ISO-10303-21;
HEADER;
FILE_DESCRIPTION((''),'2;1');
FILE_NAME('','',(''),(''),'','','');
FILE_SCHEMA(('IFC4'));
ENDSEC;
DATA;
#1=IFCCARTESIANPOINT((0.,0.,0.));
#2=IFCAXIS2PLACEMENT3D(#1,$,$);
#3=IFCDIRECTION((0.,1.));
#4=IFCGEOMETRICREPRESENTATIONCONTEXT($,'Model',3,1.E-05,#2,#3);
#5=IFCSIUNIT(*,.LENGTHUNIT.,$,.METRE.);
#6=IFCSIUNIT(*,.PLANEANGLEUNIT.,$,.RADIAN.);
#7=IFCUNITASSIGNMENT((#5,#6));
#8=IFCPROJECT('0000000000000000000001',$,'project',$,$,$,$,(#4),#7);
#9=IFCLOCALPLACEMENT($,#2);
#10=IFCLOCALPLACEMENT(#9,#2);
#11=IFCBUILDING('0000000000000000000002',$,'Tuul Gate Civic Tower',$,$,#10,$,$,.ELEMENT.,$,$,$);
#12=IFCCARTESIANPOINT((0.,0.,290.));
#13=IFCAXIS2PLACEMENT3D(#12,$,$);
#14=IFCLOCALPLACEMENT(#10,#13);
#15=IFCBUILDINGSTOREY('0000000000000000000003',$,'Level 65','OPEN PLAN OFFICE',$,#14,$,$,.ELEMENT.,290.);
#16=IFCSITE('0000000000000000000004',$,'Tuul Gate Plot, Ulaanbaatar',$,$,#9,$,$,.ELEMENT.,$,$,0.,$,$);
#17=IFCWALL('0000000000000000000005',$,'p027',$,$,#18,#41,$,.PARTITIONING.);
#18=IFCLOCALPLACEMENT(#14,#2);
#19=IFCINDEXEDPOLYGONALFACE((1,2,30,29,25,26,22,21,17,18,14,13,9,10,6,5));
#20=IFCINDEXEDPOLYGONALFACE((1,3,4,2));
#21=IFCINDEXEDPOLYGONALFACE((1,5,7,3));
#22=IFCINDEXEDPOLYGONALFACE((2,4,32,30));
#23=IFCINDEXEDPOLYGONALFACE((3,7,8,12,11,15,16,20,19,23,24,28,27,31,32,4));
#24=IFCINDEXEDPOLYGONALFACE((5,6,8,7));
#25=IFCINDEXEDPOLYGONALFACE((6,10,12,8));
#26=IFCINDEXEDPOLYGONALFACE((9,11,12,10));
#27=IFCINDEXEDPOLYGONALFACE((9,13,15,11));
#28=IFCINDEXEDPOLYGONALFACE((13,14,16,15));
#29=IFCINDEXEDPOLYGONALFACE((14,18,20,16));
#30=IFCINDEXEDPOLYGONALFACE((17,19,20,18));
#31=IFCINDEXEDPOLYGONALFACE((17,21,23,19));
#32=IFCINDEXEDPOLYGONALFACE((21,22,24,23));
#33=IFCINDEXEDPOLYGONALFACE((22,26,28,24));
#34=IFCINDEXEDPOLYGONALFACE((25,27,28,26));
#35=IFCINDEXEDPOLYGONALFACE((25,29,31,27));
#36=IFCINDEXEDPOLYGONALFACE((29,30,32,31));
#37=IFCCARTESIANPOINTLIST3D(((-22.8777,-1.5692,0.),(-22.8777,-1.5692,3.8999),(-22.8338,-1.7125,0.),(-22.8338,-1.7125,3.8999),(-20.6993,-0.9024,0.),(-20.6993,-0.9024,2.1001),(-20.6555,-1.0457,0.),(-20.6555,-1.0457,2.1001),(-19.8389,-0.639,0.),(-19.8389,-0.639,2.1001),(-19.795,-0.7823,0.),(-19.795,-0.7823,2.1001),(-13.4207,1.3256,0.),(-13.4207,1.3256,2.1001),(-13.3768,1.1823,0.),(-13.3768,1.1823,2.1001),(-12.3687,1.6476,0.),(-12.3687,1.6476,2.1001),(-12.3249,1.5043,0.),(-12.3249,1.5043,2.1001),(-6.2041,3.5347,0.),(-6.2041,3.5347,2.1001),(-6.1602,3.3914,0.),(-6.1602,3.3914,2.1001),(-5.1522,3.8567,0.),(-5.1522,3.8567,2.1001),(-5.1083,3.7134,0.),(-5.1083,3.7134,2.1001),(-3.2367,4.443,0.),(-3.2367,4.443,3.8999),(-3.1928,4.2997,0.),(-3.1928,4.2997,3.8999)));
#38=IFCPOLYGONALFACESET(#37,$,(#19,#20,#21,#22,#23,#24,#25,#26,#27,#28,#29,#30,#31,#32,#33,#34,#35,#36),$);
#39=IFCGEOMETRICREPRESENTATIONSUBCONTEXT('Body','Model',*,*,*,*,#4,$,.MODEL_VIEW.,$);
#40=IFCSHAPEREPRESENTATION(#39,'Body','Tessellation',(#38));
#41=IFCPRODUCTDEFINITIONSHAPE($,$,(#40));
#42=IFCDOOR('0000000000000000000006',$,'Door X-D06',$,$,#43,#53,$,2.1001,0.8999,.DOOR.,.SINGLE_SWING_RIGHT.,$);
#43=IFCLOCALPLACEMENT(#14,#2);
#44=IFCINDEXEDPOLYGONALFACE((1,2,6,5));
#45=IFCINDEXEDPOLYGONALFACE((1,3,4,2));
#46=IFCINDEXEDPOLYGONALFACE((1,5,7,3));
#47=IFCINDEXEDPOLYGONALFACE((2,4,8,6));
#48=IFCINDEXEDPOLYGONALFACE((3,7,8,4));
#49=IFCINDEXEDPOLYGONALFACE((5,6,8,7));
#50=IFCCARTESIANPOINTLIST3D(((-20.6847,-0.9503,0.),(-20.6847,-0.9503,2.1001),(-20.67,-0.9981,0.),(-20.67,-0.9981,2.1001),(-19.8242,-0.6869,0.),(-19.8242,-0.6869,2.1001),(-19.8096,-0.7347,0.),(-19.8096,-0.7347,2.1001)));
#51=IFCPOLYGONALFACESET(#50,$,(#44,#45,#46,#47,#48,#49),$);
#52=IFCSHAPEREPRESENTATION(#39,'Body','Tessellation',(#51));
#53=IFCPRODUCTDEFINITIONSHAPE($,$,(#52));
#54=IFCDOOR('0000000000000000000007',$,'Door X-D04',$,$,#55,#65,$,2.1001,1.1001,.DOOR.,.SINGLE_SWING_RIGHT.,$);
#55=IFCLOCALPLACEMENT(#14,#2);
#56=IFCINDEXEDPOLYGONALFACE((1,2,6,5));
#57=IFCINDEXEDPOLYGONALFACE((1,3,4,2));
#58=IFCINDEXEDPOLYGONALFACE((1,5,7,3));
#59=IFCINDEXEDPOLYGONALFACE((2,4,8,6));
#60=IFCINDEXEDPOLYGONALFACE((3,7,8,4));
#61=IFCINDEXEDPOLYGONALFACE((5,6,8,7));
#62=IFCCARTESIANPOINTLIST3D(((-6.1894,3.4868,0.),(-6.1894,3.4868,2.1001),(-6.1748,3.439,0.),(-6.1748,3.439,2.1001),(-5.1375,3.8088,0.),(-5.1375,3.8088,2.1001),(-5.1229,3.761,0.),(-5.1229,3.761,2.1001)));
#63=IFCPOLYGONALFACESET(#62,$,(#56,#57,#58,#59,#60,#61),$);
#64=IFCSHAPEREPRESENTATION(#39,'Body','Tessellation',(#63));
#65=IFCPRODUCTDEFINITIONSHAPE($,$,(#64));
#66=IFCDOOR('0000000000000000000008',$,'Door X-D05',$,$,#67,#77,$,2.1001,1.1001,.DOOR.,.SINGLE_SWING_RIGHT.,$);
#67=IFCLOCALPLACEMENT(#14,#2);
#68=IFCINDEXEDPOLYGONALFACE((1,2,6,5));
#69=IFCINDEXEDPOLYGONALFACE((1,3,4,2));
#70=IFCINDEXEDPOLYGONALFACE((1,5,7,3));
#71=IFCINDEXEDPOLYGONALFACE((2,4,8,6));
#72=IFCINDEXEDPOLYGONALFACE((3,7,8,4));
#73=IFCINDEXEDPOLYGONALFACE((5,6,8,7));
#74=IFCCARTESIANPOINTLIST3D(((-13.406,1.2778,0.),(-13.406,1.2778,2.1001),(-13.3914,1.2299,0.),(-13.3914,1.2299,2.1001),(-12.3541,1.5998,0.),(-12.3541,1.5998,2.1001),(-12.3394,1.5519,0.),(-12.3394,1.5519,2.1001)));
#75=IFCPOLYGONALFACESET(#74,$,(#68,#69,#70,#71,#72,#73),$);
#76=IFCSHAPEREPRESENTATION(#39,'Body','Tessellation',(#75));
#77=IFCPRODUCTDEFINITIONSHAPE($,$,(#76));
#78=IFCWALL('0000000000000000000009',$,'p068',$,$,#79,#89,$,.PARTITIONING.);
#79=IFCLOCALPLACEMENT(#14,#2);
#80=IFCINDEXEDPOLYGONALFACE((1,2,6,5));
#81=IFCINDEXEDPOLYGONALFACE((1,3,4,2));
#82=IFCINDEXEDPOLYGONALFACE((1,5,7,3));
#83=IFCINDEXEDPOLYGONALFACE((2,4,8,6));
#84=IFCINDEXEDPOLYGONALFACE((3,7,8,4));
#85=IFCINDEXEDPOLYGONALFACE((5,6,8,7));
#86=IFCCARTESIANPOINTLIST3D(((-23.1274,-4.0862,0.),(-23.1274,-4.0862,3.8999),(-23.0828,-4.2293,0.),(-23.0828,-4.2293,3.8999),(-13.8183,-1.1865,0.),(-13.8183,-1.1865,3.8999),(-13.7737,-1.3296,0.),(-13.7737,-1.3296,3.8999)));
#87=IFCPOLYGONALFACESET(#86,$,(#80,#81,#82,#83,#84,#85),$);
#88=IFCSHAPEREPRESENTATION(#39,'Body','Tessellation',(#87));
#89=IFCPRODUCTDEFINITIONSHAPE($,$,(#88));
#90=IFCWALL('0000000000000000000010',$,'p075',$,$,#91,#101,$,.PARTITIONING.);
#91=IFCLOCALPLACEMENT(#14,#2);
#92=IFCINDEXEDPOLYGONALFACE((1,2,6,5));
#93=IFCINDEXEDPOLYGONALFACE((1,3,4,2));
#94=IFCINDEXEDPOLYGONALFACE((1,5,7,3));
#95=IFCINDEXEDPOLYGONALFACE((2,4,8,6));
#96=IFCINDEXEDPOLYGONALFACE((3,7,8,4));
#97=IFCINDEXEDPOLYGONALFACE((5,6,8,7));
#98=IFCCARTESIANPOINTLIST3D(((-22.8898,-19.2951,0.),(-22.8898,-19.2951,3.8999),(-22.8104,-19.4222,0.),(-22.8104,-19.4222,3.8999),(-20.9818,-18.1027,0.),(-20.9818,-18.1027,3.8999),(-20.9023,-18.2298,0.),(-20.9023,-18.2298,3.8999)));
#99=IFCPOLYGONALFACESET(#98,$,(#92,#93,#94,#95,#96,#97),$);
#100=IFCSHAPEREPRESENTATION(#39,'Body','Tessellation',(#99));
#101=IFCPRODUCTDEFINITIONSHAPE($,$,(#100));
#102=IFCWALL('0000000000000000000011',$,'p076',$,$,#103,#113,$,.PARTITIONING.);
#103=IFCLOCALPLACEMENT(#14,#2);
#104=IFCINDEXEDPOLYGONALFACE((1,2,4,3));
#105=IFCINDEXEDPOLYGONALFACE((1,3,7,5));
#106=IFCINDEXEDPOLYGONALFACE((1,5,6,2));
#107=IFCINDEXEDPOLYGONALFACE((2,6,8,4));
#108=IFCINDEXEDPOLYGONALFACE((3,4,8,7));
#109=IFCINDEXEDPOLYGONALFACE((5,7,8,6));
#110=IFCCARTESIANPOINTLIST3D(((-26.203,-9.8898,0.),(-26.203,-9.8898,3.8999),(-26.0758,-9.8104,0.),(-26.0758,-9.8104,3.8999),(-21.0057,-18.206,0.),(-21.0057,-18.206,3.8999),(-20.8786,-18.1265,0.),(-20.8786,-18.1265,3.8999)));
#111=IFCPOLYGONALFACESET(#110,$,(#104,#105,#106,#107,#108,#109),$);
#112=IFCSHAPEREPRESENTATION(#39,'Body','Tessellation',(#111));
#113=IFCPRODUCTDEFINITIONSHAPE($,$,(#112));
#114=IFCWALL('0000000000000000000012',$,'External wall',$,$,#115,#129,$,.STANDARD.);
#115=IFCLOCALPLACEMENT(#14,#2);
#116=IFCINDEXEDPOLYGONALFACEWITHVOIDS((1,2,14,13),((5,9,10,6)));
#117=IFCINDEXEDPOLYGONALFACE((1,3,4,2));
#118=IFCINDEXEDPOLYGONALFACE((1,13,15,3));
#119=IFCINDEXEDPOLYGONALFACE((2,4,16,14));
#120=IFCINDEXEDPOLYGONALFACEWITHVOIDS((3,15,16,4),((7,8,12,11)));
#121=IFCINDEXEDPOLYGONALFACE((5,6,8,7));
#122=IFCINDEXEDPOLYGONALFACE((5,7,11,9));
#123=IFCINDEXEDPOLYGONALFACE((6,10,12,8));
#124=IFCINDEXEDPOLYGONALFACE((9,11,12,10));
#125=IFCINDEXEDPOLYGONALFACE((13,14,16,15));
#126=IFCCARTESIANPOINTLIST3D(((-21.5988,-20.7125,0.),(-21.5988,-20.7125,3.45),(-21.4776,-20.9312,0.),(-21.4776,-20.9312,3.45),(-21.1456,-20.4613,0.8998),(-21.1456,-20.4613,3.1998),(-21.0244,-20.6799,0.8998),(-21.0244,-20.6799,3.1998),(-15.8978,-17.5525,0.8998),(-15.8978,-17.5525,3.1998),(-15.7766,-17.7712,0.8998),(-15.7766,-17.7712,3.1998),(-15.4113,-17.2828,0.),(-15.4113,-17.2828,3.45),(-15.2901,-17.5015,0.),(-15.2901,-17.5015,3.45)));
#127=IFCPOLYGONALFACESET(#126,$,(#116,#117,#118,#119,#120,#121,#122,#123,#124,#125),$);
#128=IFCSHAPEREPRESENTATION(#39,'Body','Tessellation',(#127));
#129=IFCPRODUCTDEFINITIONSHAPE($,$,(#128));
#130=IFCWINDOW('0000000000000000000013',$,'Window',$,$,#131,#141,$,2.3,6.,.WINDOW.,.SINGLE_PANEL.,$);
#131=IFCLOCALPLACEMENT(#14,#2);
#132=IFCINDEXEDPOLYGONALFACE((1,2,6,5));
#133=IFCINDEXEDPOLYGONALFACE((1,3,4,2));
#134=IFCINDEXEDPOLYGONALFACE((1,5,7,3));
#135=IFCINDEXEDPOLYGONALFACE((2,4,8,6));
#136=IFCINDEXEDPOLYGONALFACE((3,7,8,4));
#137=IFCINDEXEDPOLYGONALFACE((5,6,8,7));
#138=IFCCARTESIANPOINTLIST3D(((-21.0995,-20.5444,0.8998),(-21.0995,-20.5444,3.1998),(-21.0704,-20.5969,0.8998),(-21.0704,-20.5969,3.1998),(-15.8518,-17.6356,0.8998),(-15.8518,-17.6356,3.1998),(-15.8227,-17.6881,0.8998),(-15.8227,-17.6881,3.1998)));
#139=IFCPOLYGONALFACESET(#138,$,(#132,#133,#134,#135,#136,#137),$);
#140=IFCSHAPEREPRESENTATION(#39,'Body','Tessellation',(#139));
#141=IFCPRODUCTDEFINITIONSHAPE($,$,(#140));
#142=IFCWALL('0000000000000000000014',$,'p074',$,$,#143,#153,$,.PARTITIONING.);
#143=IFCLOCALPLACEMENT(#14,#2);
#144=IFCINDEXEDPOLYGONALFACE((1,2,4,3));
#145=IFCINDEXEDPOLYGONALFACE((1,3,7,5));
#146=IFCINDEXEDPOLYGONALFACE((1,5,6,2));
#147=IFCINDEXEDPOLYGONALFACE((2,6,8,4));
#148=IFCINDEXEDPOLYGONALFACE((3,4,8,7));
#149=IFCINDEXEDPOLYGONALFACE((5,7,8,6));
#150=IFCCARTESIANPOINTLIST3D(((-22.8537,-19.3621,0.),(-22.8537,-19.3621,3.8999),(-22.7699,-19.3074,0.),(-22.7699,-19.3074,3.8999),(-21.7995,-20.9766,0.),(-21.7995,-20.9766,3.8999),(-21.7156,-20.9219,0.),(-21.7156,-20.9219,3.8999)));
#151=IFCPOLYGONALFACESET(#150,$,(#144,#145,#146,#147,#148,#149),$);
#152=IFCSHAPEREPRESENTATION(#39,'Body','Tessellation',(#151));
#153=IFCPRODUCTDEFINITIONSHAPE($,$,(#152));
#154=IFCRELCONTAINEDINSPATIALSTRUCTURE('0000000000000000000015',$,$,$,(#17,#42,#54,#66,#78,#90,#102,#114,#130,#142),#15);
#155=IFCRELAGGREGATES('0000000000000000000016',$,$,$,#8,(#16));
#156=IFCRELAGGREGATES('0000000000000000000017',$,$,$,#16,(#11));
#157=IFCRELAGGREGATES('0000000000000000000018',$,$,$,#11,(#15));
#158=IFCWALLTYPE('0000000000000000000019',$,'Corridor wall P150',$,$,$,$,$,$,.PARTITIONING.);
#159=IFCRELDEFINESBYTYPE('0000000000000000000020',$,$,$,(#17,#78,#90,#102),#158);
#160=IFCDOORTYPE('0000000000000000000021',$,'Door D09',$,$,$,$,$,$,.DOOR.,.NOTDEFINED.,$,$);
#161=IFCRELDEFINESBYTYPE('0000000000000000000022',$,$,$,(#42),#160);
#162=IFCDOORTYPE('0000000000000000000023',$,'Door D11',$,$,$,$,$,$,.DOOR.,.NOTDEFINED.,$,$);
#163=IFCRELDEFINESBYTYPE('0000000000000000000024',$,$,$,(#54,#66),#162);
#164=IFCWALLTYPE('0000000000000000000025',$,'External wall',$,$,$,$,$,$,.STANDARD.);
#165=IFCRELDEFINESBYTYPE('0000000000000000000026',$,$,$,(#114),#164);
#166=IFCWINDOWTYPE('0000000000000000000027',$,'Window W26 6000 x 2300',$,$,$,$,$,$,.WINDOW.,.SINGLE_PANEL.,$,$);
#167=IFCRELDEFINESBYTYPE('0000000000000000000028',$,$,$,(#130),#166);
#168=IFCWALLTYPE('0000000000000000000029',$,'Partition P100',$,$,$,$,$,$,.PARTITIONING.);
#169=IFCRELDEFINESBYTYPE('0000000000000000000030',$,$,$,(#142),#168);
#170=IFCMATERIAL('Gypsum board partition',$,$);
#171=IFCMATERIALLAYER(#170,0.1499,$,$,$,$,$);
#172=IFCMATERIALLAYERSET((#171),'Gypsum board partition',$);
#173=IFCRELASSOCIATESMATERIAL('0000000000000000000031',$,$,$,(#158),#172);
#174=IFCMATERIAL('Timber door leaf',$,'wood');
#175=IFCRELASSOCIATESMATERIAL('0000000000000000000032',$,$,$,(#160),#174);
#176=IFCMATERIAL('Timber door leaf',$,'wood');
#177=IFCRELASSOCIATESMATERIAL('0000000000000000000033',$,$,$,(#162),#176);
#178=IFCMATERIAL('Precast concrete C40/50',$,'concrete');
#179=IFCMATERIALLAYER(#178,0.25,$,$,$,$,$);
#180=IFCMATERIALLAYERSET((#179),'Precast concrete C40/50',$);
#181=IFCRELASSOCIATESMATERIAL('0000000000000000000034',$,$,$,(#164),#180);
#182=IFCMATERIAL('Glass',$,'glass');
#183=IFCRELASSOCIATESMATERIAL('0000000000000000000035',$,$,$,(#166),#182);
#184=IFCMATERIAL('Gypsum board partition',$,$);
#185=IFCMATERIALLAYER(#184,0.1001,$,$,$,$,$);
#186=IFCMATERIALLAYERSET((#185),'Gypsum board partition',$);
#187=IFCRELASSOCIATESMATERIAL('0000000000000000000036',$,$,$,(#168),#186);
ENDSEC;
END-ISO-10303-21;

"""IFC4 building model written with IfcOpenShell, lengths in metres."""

from ifc_helpers import new_model, si_unit, direction, frame, frame_2d, origin, place, context, subcontext, project, spatial, rectangle, extrude, material, layer, layer_set, type_object, element, fill, save


model = new_model("IFC4")

# Units and contexts
model_context = context("Model", 3, precision=1e-05, world=origin(), true_north=direction((0.0, 1.0)))
body_context = subcontext(model_context, "Body", "Model", "MODEL_VIEW")
ifc_project = project(units=[si_unit("LENGTHUNIT", "METRE"), si_unit("PLANEANGLEUNIT", "RADIAN")], contexts=[model_context])

# Site, building, storey
site_placement = place(None, origin())
site = spatial("IfcSite", under=ifc_project, at=site_placement, Name="Tuul Gate Plot, Ulaanbaatar", CompositionType="ELEMENT", RefElevation=0.0)
building_placement = place(site_placement, origin())
building = spatial("IfcBuilding", under=site, at=building_placement, Name="Tuul Gate Civic Tower", CompositionType="ELEMENT")
storey_placement = place(building_placement, frame((0.0, 0.0, 290.0)))
storey = spatial("IfcBuildingStorey", under=building, at=storey_placement, Name="Level 65", Description="OPEN PLAN OFFICE", CompositionType="ELEMENT", Elevation=290.0)

# Wall, openings, doors
ifc_material_1 = material(Name="Gypsum board partition")
ifc_layer_1 = layer(ifc_material_1, 0.1499)
ifc_layer_set_1 = layer_set([ifc_layer_1], Name="Gypsum board partition")
wall_type_1 = type_object("IfcWallType", Name="Corridor wall P150", PredefinedType="PARTITIONING", material=ifc_layer_set_1)
wall_1_placement = place(storey_placement, frame((-22.8557, -1.6409, 0.0), z_axis=(0.0, 0.0, 1.0), x_axis=(0.956204, 0.292701, 0.0)))
wall_1 = element("IfcWall", 1, at=wall_1_placement, inside=storey, type_object=wall_type_1, Name="p027", PredefinedType="PARTITIONING", context=body_context, shape_type="SweptSolid", body=[
    extrude(rectangle(XDim=20.5405, YDim=0.1499, at=frame_2d((10.2703, 0.0))), origin(), (0.0, 0.0, 1.0), 3.8999),
])
opening_1_placement = place(wall_1_placement, frame((17.4373, 0.0, 0.0)))
opening_1 = element("IfcOpeningElement", 2, at=opening_1_placement, cuts=wall_1, PredefinedType="OPENING", context=body_context, shape_type="SweptSolid", body=[
    extrude(rectangle(XDim=1.1001, YDim=2.1001, at=frame_2d((0.55, 1.05))), frame((0.0, 0.085, 0.0), z_axis=(0.0, -1.0, 0.0), x_axis=(1.0, 0.0, 0.0)), (0.0, 0.0, 1.0), 0.1699),
])
opening_2_placement = place(wall_1_placement, frame((9.8901, 0.0, 0.0)))
opening_2 = element("IfcOpeningElement", 3, at=opening_2_placement, cuts=wall_1, PredefinedType="OPENING", context=body_context, shape_type="SweptSolid", body=[
    extrude(rectangle(XDim=1.1001, YDim=2.1001, at=frame_2d((0.55, 1.05))), frame((0.0, 0.085, 0.0), z_axis=(0.0, -1.0, 0.0), x_axis=(1.0, 0.0, 0.0)), (0.0, 0.0, 1.0), 0.1699),
])
opening_3_placement = place(wall_1_placement, frame((2.2781, 0.0, 0.0)))
opening_3 = element("IfcOpeningElement", 4, at=opening_3_placement, cuts=wall_1, PredefinedType="OPENING", context=body_context, shape_type="SweptSolid", body=[
    extrude(rectangle(XDim=0.8999, YDim=2.1001, at=frame_2d((0.45, 1.05))), frame((0.0, 0.085, 0.0), z_axis=(0.0, -1.0, 0.0), x_axis=(1.0, 0.0, 0.0)), (0.0, 0.0, 1.0), 0.1699),
])
ifc_material_2 = material(Name="Timber door leaf", Category="wood")
door_type_1 = type_object("IfcDoorType", Name="Door D09", OperationType="NOTDEFINED", PredefinedType="DOOR", material=ifc_material_2)
door_1_placement = place(opening_3_placement, origin())
door_1 = element("IfcDoor", 5, at=door_1_placement, inside=storey, type_object=door_type_1, Name="Door X-D06", OperationType="SINGLE_SWING_RIGHT", OverallHeight=2.1001, OverallWidth=0.8999, PredefinedType="DOOR", context=body_context, shape_type="SweptSolid", body=[
    extrude(rectangle(XDim=0.8999, YDim=2.1001, at=frame_2d((0.45, 1.05))), frame((0.0, 0.0249, 0.0), z_axis=(0.0, -1.0, 0.0), x_axis=(1.0, 0.0, 0.0)), (0.0, 0.0, 1.0), 0.05),
])
fill(opening_3, door_1)
ifc_material_3 = material(Name="Timber door leaf", Category="wood")
door_type_2 = type_object("IfcDoorType", Name="Door D11", OperationType="NOTDEFINED", PredefinedType="DOOR", material=ifc_material_3)
door_2_placement = place(opening_1_placement, origin())
door_2 = element("IfcDoor", 6, at=door_2_placement, inside=storey, type_object=door_type_2, Name="Door X-D04", OperationType="SINGLE_SWING_RIGHT", OverallHeight=2.1001, OverallWidth=1.1001, PredefinedType="DOOR", context=body_context, shape_type="SweptSolid", body=[
    extrude(rectangle(XDim=1.1001, YDim=2.1001, at=frame_2d((0.55, 1.05))), frame((0.0, 0.0249, 0.0), z_axis=(0.0, -1.0, 0.0), x_axis=(1.0, 0.0, 0.0)), (0.0, 0.0, 1.0), 0.05),
])
fill(opening_1, door_2)
door_3_placement = place(opening_2_placement, origin())
door_3 = element("IfcDoor", 7, at=door_3_placement, inside=storey, type_object=door_type_2, Name="Door X-D05", OperationType="SINGLE_SWING_RIGHT", OverallHeight=2.1001, OverallWidth=1.1001, PredefinedType="DOOR", context=body_context, shape_type="SweptSolid", body=[
    extrude(rectangle(XDim=1.1001, YDim=2.1001, at=frame_2d((0.55, 1.05))), frame((0.0, 0.0249, 0.0), z_axis=(0.0, -1.0, 0.0), x_axis=(1.0, 0.0, 0.0)), (0.0, 0.0, 1.0), 0.05),
])
fill(opening_2, door_3)

# Walls
wall_2_placement = place(storey_placement, frame((-23.105, -4.1577, 0.0), z_axis=(0.0, 0.0, 1.0), x_axis=(0.954755, 0.297394, 0.0)))
element("IfcWall", 8, at=wall_2_placement, inside=storey, type_object=wall_type_1, Name="p068", PredefinedType="PARTITIONING", context=body_context, shape_type="SweptSolid", body=[
    extrude(rectangle(XDim=9.7502, YDim=0.1499, at=frame_2d((4.875, 0.0))), origin(), (0.0, 0.0, 1.0), 3.8999),
])
wall_3_placement = place(storey_placement, frame((-22.8501, -19.3586, 0.0), z_axis=(0.0, 0.0, 1.0), x_axis=(0.848017, 0.52997, 0.0)))
element("IfcWall", 9, at=wall_3_placement, inside=storey, type_object=wall_type_1, Name="p075", PredefinedType="PARTITIONING", context=body_context, shape_type="SweptSolid", body=[
    extrude(rectangle(XDim=2.25, YDim=0.1499, at=frame_2d((1.125, 0.0))), origin(), (0.0, 0.0, 1.0), 3.8999),
])
wall_4_placement = place(storey_placement, frame((-26.1394, -9.8501, 0.0), z_axis=(0.0, 0.0, 1.0), x_axis=(0.529974, -0.848014, 0.0)))
element("IfcWall", 10, at=wall_4_placement, inside=storey, type_object=wall_type_1, Name="p076", PredefinedType="PARTITIONING", context=body_context, shape_type="SweptSolid", body=[
    extrude(rectangle(XDim=9.8066, YDim=0.1499, at=frame_2d((4.9033, 0.0))), origin(), (0.0, 0.0, 1.0), 3.8999),
])

# Wall, opening, window
ifc_material_4 = material(Name="Precast concrete C40/50", Category="concrete")
ifc_layer_2 = layer(ifc_material_4, 0.25)
ifc_layer_set_2 = layer_set([ifc_layer_2], Name="Precast concrete C40/50")
wall_type_2 = type_object("IfcWallType", Name="External wall", PredefinedType="STANDARD", material=ifc_layer_set_2)
wall_5_placement = place(storey_placement, frame((-21.5381, -20.8218, 0.0), z_axis=(0.0, 0.0, 1.0), x_axis=(0.874626, 0.484799, 0.0)))
wall_5 = element("IfcWall", 11, at=wall_5_placement, inside=storey, type_object=wall_type_2, Name="External wall", PredefinedType="STANDARD", context=body_context, shape_type="SweptSolid", body=[
    extrude(rectangle(XDim=7.0745, YDim=0.25, at=frame_2d((3.5371, 0.0))), origin(), (0.0, 0.0, 1.0), 3.45),
])
opening_4_placement = place(wall_5_placement, frame((0.5181, 0.0, 0.8999)))
opening_4 = element("IfcOpeningElement", 12, at=opening_4_placement, cuts=wall_5, PredefinedType="OPENING", context=body_context, shape_type="SweptSolid", body=[
    extrude(rectangle(XDim=6.0, YDim=2.3, at=frame_2d((3.0, 1.1499))), frame((0.0, 0.135, 0.0), z_axis=(0.0, -1.0, 0.0), x_axis=(1.0, 0.0, 0.0)), (0.0, 0.0, 1.0), 0.27),
])
ifc_material_5 = material(Name="Glass", Category="glass")
window_type = type_object("IfcWindowType", Name="Window W26 6000 x 2300", PartitioningType="SINGLE_PANEL", PredefinedType="WINDOW", material=ifc_material_5)
window_placement = place(opening_4_placement, origin())
window = element("IfcWindow", 13, at=window_placement, inside=storey, type_object=window_type, Name="Window", OverallHeight=2.3, OverallWidth=6.0, PartitioningType="SINGLE_PANEL", PredefinedType="WINDOW", context=body_context, shape_type="SweptSolid", body=[
    extrude(rectangle(XDim=6.0, YDim=2.3, at=frame_2d((3.0, 1.1499))), frame((0.0, 0.03, 0.0), z_axis=(0.0, -1.0, 0.0), x_axis=(1.0, 0.0, 0.0)), (0.0, 0.0, 1.0), 0.0601),
])
fill(opening_4, window)

# Wall
ifc_material_6 = material(Name="Gypsum board partition")
ifc_layer_3 = layer(ifc_material_6, 0.1001)
ifc_layer_set_3 = layer_set([ifc_layer_3], Name="Gypsum board partition")
wall_type_3 = type_object("IfcWallType", Name="Partition P100", PredefinedType="PARTITIONING", material=ifc_layer_set_3)
wall_6_placement = place(storey_placement, frame((-22.8118, -19.3347, 0.0), z_axis=(0.0, 0.0, 1.0), x_axis=(0.546727, -0.837311, 0.0)))
element("IfcWall", 14, at=wall_6_placement, inside=storey, type_object=wall_type_3, Name="p074", PredefinedType="PARTITIONING", context=body_context, shape_type="SweptSolid", body=[
    extrude(rectangle(XDim=1.9282, YDim=0.1001, at=frame_2d((0.9641, 0.0))), origin(), (0.0, 0.0, 1.0), 3.8999),
])

save(model, "model.ifc")
